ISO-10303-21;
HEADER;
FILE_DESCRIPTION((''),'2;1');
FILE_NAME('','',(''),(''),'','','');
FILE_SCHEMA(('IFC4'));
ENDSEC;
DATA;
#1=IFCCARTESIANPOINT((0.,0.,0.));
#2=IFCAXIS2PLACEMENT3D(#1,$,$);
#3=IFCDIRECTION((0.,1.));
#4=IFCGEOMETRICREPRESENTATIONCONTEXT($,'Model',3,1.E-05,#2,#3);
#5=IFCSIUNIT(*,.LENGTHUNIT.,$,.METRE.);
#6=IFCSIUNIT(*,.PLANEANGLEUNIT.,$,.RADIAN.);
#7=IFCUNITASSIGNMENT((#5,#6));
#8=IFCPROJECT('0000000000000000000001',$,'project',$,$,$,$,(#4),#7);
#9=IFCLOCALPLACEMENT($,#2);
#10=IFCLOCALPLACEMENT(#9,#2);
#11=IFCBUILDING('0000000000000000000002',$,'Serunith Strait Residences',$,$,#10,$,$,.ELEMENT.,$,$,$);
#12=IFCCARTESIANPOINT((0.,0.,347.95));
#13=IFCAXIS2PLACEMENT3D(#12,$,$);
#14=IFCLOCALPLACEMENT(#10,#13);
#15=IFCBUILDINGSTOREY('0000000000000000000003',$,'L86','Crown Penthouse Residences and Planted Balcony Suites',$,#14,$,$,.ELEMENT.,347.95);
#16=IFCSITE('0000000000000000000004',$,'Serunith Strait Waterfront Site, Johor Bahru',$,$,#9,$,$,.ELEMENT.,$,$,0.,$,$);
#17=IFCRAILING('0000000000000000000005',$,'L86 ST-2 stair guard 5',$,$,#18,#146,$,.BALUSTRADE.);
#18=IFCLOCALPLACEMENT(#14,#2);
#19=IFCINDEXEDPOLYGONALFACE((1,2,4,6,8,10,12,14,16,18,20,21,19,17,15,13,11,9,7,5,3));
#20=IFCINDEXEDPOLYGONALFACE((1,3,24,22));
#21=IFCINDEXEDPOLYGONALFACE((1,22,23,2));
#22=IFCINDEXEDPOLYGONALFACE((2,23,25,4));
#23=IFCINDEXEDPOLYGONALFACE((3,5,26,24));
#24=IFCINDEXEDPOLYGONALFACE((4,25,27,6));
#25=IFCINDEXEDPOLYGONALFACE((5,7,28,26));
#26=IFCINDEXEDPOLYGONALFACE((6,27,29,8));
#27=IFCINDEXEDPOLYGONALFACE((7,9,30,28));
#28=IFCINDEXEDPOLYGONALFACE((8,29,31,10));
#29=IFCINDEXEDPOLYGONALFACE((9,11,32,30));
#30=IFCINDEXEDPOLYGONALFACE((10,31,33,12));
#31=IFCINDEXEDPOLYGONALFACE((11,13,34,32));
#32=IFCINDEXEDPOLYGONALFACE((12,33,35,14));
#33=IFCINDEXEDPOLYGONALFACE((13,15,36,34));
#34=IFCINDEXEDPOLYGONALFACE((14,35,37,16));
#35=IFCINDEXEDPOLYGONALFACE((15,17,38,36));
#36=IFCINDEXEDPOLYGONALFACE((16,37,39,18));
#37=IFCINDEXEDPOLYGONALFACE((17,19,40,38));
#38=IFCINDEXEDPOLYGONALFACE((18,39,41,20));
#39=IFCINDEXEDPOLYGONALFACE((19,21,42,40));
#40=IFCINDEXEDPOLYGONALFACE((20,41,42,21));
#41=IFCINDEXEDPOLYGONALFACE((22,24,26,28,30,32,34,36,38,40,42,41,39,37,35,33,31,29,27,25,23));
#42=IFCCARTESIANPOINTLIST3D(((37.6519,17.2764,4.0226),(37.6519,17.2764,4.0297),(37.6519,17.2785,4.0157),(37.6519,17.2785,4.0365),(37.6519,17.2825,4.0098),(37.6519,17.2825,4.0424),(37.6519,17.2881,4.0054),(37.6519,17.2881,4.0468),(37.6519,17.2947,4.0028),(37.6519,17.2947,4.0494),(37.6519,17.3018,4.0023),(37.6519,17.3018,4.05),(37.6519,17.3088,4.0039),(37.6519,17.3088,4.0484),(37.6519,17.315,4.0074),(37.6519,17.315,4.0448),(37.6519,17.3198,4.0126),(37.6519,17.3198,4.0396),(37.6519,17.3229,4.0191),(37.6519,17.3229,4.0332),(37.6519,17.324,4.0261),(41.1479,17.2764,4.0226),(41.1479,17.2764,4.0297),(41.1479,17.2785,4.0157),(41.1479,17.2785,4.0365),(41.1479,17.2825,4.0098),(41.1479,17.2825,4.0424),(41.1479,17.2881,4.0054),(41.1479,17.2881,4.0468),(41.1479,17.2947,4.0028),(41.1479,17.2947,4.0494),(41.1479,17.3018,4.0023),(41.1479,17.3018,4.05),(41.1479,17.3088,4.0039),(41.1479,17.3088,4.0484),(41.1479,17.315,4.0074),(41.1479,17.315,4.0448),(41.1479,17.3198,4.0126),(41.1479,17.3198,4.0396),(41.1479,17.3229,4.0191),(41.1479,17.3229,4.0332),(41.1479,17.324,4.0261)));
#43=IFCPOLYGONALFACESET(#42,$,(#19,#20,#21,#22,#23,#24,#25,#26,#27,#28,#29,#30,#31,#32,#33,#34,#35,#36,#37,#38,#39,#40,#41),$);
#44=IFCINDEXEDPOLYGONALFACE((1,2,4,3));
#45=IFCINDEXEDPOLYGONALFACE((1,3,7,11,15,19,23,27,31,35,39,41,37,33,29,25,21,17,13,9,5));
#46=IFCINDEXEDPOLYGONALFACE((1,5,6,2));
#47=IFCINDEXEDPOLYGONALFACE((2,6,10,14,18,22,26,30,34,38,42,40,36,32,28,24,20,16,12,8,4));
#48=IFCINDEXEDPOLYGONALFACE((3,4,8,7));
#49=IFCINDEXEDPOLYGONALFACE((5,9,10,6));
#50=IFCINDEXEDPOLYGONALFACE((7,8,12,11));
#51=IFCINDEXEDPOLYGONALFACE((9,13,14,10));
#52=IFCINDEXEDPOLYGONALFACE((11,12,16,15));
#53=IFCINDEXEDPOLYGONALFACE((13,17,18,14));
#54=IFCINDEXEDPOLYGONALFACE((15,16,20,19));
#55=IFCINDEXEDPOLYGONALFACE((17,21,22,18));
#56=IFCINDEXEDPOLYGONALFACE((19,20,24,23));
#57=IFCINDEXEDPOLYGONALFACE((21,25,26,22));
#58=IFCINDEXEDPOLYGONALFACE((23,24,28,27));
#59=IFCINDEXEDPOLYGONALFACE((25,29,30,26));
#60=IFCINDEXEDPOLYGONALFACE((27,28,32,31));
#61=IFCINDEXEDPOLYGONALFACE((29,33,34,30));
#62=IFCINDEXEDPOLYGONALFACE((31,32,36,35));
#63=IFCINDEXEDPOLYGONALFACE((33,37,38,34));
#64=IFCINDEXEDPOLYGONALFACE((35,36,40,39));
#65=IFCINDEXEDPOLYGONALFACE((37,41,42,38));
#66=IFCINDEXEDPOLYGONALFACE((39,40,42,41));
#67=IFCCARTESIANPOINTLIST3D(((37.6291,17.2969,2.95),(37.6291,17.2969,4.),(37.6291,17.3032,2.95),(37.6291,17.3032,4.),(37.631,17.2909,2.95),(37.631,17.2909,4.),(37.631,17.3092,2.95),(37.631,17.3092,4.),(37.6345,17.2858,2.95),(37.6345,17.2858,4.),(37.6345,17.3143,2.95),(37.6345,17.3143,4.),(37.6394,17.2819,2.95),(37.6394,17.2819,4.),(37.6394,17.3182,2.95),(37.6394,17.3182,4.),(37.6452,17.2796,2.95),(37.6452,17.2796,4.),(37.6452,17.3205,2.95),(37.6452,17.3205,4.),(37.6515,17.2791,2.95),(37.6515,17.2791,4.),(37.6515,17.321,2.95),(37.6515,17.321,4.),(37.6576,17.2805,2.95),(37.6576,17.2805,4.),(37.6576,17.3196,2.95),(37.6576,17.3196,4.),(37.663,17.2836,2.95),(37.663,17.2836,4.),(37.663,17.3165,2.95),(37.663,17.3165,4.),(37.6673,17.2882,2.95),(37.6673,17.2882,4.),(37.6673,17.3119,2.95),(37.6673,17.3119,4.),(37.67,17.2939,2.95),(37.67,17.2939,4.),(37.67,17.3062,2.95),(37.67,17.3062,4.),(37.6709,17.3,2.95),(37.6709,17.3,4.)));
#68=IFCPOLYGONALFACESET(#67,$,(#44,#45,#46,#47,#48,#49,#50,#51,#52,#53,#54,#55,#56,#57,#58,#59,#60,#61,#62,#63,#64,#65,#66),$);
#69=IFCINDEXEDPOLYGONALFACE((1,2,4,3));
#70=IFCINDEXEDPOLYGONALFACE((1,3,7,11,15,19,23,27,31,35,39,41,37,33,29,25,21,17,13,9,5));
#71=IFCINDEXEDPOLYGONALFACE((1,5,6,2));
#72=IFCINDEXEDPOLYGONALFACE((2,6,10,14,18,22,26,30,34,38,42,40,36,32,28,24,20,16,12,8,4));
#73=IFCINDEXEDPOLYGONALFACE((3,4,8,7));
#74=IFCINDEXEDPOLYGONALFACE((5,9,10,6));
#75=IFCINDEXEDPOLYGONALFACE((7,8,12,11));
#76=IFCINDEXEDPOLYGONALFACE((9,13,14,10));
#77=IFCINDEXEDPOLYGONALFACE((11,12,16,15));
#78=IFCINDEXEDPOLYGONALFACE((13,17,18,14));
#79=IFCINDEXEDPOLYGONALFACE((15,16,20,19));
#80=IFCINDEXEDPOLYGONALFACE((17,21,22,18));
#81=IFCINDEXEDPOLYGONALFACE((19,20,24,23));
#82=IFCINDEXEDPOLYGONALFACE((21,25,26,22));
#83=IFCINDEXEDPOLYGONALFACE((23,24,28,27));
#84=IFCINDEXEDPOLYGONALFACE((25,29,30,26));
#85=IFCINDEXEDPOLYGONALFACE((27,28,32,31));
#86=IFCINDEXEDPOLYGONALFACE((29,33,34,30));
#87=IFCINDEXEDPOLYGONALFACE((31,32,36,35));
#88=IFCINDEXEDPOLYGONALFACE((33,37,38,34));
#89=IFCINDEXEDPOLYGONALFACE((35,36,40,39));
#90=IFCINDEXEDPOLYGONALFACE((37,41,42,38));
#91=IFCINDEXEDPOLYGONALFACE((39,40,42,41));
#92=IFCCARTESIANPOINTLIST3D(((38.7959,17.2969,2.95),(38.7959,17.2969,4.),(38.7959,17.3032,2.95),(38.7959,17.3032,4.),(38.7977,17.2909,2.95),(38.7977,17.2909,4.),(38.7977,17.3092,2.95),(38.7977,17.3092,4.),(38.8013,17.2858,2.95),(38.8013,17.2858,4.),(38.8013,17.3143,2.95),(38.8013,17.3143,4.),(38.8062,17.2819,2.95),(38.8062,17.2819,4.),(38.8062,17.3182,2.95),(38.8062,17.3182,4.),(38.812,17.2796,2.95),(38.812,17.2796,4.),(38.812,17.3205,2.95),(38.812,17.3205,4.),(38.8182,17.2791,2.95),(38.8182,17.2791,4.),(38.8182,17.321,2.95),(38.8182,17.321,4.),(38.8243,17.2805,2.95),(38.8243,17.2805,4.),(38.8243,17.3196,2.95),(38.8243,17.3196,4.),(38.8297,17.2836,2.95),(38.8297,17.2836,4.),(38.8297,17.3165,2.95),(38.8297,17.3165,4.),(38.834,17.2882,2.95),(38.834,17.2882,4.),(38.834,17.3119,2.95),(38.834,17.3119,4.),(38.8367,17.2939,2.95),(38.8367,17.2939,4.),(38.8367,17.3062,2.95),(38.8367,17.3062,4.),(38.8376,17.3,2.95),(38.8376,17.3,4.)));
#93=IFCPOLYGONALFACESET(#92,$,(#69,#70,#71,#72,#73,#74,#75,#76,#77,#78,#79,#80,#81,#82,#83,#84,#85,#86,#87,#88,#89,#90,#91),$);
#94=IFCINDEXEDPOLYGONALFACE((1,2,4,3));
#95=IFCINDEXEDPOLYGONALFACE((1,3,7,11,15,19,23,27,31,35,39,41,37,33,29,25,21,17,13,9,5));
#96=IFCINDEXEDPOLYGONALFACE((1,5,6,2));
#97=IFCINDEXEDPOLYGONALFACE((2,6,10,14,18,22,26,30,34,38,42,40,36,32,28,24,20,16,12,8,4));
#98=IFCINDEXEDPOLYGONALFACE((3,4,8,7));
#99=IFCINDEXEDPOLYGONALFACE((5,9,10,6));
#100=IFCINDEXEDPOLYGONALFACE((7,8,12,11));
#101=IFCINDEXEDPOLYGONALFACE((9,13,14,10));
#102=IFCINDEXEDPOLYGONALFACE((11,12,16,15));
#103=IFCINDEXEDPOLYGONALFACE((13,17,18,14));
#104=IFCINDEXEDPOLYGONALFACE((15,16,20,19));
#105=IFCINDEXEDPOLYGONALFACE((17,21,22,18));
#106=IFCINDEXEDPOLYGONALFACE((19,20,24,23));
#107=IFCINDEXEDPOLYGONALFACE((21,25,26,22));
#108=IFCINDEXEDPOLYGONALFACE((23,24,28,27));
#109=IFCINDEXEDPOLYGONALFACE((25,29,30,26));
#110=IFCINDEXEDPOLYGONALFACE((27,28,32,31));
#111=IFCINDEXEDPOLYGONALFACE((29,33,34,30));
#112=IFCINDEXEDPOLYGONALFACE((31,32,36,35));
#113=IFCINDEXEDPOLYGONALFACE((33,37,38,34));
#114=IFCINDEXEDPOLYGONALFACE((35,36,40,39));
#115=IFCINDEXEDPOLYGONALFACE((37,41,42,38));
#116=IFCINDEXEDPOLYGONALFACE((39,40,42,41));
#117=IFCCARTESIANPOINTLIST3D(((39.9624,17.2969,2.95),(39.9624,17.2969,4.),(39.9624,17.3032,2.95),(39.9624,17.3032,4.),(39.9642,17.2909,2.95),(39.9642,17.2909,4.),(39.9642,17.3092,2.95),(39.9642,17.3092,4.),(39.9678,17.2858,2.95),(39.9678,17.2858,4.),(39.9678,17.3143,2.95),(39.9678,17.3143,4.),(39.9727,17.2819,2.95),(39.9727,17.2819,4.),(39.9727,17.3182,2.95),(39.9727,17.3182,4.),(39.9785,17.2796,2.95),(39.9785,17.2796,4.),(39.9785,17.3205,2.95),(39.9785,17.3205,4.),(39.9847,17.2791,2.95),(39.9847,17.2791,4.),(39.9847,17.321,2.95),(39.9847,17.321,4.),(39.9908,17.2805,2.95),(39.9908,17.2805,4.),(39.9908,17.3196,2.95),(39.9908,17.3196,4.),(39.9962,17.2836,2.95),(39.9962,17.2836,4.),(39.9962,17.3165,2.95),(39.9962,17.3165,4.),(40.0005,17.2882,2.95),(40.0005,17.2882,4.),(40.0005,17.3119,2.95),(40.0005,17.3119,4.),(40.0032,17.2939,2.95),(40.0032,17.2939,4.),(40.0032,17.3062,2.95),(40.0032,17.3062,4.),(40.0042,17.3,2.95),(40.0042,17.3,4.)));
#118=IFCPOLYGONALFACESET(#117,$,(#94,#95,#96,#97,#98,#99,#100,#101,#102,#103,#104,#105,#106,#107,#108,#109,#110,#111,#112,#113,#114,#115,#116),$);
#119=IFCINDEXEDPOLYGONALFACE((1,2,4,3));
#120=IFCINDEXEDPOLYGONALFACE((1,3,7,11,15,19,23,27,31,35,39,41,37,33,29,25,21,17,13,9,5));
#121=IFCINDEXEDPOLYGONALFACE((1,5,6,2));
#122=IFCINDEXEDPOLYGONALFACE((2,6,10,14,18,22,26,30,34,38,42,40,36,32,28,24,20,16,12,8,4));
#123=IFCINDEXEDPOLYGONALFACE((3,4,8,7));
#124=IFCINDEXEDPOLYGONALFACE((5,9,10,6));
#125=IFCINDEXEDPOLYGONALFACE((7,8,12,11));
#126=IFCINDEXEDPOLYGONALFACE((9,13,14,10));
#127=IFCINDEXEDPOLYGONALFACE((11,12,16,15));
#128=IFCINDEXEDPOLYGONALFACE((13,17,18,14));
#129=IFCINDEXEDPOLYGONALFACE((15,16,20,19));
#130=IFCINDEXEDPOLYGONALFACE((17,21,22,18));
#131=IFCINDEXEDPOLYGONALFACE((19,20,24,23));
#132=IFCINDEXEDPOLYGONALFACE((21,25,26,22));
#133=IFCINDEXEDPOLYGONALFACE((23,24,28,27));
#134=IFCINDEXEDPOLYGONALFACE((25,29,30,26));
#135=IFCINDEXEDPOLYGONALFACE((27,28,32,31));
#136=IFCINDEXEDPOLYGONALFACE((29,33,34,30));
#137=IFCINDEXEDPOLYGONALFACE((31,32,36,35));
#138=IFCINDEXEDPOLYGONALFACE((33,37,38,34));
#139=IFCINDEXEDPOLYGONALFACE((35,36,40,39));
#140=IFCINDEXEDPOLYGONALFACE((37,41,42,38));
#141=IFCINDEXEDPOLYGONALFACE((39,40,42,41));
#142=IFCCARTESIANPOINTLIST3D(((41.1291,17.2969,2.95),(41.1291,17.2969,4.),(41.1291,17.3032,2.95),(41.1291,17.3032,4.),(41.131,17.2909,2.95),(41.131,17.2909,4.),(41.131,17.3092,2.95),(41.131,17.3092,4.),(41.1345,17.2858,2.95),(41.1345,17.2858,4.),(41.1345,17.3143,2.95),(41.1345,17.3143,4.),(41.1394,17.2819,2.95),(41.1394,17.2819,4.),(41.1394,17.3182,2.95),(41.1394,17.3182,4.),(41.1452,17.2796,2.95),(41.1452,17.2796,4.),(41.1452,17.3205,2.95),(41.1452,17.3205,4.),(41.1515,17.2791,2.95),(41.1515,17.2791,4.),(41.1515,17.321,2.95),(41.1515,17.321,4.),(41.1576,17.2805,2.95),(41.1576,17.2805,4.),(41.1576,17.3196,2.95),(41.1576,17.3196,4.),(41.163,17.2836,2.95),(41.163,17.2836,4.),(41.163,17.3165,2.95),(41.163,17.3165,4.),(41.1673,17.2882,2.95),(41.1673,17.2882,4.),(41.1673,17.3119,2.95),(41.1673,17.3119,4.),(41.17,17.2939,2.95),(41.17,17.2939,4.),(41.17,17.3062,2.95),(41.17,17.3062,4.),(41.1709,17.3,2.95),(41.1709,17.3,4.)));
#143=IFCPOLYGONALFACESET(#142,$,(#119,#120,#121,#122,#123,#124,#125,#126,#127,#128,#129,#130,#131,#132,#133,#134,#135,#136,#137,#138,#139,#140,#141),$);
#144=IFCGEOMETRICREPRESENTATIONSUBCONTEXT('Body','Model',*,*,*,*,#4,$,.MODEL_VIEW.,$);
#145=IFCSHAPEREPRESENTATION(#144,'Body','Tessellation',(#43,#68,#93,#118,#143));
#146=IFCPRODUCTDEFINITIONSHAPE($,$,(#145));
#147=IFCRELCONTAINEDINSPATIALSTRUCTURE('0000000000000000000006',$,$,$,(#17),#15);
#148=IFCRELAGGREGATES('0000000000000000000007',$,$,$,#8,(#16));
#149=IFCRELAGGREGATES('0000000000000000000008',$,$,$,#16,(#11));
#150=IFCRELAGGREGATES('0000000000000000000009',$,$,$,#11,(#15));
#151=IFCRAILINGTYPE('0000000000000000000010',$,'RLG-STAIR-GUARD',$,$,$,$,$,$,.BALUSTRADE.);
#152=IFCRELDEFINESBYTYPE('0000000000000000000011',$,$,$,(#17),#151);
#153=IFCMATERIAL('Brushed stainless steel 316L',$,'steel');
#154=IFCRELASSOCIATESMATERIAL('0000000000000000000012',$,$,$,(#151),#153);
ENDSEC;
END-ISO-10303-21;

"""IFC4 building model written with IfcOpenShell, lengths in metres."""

from ifc_helpers import new_model, si_unit, direction, frame, origin, origin_2d, place, context, subcontext, project, spatial, circle, extrude, material, type_object, element, save


model = new_model("IFC4")

# Units and contexts
model_context = context("Model", 3, precision=1e-05, world=origin(), true_north=direction((0.0, 1.0)))
body_context = subcontext(model_context, "Body", "Model", "MODEL_VIEW")
ifc_project = project(units=[si_unit("LENGTHUNIT", "METRE"), si_unit("PLANEANGLEUNIT", "RADIAN")], contexts=[model_context])

# Site, building, storey
site_placement = place(None, origin())
site = spatial("IfcSite", under=ifc_project, at=site_placement, Name="Serunith Strait Waterfront Site, Johor Bahru", CompositionType="ELEMENT", RefElevation=0.0)
building_placement = place(site_placement, origin())
building = spatial("IfcBuilding", under=site, at=building_placement, Name="Serunith Strait Residences", CompositionType="ELEMENT")
storey_placement = place(building_placement, frame((0.0, 0.0, 347.95)))
storey = spatial("IfcBuildingStorey", under=building, at=storey_placement, Name="L86", Description="Crown Penthouse Residences and Planted Balcony Suites", CompositionType="ELEMENT", Elevation=347.95)

# Railing
ifc_material_1 = material(Name="Brushed stainless steel 316L", Category="steel")
railing_type_1 = type_object("IfcRailingType", Name="RLG-STAIR-GUARD", PredefinedType="BALUSTRADE", material=ifc_material_1)
railing_1_placement = place(storey_placement, frame((37.6499, 17.3, 2.95)))
element("IfcRailing", 1, at=railing_1_placement, inside=storey, type_object=railing_type_1, Name="L86 ST-2 stair guard 5", PredefinedType="BALUSTRADE", context=body_context, shape_type="SweptSolid", body=[
    extrude(circle(Radius=0.0239, at=origin_2d()), frame((0.002, 0.0, 1.0762), z_axis=(1.0, 0.0, 0.0), x_axis=(0.0, 1.0, 0.0)), (0.0, 0.0, 1.0), 3.4961),
    extrude(circle(Radius=0.021, at=origin_2d()), origin(), (0.0, 0.0, 1.0), 1.05),
    extrude(circle(Radius=0.021, at=origin_2d()), frame((1.1667, 0.0, 0.0)), (0.0, 0.0, 1.0), 1.05),
    extrude(circle(Radius=0.021, at=origin_2d()), frame((2.3333, 0.0, 0.0)), (0.0, 0.0, 1.0), 1.05),
    extrude(circle(Radius=0.021, at=origin_2d()), frame((3.5, 0.0, 0.0)), (0.0, 0.0, 1.0), 1.05),
])

save(model, "model.ifc")
